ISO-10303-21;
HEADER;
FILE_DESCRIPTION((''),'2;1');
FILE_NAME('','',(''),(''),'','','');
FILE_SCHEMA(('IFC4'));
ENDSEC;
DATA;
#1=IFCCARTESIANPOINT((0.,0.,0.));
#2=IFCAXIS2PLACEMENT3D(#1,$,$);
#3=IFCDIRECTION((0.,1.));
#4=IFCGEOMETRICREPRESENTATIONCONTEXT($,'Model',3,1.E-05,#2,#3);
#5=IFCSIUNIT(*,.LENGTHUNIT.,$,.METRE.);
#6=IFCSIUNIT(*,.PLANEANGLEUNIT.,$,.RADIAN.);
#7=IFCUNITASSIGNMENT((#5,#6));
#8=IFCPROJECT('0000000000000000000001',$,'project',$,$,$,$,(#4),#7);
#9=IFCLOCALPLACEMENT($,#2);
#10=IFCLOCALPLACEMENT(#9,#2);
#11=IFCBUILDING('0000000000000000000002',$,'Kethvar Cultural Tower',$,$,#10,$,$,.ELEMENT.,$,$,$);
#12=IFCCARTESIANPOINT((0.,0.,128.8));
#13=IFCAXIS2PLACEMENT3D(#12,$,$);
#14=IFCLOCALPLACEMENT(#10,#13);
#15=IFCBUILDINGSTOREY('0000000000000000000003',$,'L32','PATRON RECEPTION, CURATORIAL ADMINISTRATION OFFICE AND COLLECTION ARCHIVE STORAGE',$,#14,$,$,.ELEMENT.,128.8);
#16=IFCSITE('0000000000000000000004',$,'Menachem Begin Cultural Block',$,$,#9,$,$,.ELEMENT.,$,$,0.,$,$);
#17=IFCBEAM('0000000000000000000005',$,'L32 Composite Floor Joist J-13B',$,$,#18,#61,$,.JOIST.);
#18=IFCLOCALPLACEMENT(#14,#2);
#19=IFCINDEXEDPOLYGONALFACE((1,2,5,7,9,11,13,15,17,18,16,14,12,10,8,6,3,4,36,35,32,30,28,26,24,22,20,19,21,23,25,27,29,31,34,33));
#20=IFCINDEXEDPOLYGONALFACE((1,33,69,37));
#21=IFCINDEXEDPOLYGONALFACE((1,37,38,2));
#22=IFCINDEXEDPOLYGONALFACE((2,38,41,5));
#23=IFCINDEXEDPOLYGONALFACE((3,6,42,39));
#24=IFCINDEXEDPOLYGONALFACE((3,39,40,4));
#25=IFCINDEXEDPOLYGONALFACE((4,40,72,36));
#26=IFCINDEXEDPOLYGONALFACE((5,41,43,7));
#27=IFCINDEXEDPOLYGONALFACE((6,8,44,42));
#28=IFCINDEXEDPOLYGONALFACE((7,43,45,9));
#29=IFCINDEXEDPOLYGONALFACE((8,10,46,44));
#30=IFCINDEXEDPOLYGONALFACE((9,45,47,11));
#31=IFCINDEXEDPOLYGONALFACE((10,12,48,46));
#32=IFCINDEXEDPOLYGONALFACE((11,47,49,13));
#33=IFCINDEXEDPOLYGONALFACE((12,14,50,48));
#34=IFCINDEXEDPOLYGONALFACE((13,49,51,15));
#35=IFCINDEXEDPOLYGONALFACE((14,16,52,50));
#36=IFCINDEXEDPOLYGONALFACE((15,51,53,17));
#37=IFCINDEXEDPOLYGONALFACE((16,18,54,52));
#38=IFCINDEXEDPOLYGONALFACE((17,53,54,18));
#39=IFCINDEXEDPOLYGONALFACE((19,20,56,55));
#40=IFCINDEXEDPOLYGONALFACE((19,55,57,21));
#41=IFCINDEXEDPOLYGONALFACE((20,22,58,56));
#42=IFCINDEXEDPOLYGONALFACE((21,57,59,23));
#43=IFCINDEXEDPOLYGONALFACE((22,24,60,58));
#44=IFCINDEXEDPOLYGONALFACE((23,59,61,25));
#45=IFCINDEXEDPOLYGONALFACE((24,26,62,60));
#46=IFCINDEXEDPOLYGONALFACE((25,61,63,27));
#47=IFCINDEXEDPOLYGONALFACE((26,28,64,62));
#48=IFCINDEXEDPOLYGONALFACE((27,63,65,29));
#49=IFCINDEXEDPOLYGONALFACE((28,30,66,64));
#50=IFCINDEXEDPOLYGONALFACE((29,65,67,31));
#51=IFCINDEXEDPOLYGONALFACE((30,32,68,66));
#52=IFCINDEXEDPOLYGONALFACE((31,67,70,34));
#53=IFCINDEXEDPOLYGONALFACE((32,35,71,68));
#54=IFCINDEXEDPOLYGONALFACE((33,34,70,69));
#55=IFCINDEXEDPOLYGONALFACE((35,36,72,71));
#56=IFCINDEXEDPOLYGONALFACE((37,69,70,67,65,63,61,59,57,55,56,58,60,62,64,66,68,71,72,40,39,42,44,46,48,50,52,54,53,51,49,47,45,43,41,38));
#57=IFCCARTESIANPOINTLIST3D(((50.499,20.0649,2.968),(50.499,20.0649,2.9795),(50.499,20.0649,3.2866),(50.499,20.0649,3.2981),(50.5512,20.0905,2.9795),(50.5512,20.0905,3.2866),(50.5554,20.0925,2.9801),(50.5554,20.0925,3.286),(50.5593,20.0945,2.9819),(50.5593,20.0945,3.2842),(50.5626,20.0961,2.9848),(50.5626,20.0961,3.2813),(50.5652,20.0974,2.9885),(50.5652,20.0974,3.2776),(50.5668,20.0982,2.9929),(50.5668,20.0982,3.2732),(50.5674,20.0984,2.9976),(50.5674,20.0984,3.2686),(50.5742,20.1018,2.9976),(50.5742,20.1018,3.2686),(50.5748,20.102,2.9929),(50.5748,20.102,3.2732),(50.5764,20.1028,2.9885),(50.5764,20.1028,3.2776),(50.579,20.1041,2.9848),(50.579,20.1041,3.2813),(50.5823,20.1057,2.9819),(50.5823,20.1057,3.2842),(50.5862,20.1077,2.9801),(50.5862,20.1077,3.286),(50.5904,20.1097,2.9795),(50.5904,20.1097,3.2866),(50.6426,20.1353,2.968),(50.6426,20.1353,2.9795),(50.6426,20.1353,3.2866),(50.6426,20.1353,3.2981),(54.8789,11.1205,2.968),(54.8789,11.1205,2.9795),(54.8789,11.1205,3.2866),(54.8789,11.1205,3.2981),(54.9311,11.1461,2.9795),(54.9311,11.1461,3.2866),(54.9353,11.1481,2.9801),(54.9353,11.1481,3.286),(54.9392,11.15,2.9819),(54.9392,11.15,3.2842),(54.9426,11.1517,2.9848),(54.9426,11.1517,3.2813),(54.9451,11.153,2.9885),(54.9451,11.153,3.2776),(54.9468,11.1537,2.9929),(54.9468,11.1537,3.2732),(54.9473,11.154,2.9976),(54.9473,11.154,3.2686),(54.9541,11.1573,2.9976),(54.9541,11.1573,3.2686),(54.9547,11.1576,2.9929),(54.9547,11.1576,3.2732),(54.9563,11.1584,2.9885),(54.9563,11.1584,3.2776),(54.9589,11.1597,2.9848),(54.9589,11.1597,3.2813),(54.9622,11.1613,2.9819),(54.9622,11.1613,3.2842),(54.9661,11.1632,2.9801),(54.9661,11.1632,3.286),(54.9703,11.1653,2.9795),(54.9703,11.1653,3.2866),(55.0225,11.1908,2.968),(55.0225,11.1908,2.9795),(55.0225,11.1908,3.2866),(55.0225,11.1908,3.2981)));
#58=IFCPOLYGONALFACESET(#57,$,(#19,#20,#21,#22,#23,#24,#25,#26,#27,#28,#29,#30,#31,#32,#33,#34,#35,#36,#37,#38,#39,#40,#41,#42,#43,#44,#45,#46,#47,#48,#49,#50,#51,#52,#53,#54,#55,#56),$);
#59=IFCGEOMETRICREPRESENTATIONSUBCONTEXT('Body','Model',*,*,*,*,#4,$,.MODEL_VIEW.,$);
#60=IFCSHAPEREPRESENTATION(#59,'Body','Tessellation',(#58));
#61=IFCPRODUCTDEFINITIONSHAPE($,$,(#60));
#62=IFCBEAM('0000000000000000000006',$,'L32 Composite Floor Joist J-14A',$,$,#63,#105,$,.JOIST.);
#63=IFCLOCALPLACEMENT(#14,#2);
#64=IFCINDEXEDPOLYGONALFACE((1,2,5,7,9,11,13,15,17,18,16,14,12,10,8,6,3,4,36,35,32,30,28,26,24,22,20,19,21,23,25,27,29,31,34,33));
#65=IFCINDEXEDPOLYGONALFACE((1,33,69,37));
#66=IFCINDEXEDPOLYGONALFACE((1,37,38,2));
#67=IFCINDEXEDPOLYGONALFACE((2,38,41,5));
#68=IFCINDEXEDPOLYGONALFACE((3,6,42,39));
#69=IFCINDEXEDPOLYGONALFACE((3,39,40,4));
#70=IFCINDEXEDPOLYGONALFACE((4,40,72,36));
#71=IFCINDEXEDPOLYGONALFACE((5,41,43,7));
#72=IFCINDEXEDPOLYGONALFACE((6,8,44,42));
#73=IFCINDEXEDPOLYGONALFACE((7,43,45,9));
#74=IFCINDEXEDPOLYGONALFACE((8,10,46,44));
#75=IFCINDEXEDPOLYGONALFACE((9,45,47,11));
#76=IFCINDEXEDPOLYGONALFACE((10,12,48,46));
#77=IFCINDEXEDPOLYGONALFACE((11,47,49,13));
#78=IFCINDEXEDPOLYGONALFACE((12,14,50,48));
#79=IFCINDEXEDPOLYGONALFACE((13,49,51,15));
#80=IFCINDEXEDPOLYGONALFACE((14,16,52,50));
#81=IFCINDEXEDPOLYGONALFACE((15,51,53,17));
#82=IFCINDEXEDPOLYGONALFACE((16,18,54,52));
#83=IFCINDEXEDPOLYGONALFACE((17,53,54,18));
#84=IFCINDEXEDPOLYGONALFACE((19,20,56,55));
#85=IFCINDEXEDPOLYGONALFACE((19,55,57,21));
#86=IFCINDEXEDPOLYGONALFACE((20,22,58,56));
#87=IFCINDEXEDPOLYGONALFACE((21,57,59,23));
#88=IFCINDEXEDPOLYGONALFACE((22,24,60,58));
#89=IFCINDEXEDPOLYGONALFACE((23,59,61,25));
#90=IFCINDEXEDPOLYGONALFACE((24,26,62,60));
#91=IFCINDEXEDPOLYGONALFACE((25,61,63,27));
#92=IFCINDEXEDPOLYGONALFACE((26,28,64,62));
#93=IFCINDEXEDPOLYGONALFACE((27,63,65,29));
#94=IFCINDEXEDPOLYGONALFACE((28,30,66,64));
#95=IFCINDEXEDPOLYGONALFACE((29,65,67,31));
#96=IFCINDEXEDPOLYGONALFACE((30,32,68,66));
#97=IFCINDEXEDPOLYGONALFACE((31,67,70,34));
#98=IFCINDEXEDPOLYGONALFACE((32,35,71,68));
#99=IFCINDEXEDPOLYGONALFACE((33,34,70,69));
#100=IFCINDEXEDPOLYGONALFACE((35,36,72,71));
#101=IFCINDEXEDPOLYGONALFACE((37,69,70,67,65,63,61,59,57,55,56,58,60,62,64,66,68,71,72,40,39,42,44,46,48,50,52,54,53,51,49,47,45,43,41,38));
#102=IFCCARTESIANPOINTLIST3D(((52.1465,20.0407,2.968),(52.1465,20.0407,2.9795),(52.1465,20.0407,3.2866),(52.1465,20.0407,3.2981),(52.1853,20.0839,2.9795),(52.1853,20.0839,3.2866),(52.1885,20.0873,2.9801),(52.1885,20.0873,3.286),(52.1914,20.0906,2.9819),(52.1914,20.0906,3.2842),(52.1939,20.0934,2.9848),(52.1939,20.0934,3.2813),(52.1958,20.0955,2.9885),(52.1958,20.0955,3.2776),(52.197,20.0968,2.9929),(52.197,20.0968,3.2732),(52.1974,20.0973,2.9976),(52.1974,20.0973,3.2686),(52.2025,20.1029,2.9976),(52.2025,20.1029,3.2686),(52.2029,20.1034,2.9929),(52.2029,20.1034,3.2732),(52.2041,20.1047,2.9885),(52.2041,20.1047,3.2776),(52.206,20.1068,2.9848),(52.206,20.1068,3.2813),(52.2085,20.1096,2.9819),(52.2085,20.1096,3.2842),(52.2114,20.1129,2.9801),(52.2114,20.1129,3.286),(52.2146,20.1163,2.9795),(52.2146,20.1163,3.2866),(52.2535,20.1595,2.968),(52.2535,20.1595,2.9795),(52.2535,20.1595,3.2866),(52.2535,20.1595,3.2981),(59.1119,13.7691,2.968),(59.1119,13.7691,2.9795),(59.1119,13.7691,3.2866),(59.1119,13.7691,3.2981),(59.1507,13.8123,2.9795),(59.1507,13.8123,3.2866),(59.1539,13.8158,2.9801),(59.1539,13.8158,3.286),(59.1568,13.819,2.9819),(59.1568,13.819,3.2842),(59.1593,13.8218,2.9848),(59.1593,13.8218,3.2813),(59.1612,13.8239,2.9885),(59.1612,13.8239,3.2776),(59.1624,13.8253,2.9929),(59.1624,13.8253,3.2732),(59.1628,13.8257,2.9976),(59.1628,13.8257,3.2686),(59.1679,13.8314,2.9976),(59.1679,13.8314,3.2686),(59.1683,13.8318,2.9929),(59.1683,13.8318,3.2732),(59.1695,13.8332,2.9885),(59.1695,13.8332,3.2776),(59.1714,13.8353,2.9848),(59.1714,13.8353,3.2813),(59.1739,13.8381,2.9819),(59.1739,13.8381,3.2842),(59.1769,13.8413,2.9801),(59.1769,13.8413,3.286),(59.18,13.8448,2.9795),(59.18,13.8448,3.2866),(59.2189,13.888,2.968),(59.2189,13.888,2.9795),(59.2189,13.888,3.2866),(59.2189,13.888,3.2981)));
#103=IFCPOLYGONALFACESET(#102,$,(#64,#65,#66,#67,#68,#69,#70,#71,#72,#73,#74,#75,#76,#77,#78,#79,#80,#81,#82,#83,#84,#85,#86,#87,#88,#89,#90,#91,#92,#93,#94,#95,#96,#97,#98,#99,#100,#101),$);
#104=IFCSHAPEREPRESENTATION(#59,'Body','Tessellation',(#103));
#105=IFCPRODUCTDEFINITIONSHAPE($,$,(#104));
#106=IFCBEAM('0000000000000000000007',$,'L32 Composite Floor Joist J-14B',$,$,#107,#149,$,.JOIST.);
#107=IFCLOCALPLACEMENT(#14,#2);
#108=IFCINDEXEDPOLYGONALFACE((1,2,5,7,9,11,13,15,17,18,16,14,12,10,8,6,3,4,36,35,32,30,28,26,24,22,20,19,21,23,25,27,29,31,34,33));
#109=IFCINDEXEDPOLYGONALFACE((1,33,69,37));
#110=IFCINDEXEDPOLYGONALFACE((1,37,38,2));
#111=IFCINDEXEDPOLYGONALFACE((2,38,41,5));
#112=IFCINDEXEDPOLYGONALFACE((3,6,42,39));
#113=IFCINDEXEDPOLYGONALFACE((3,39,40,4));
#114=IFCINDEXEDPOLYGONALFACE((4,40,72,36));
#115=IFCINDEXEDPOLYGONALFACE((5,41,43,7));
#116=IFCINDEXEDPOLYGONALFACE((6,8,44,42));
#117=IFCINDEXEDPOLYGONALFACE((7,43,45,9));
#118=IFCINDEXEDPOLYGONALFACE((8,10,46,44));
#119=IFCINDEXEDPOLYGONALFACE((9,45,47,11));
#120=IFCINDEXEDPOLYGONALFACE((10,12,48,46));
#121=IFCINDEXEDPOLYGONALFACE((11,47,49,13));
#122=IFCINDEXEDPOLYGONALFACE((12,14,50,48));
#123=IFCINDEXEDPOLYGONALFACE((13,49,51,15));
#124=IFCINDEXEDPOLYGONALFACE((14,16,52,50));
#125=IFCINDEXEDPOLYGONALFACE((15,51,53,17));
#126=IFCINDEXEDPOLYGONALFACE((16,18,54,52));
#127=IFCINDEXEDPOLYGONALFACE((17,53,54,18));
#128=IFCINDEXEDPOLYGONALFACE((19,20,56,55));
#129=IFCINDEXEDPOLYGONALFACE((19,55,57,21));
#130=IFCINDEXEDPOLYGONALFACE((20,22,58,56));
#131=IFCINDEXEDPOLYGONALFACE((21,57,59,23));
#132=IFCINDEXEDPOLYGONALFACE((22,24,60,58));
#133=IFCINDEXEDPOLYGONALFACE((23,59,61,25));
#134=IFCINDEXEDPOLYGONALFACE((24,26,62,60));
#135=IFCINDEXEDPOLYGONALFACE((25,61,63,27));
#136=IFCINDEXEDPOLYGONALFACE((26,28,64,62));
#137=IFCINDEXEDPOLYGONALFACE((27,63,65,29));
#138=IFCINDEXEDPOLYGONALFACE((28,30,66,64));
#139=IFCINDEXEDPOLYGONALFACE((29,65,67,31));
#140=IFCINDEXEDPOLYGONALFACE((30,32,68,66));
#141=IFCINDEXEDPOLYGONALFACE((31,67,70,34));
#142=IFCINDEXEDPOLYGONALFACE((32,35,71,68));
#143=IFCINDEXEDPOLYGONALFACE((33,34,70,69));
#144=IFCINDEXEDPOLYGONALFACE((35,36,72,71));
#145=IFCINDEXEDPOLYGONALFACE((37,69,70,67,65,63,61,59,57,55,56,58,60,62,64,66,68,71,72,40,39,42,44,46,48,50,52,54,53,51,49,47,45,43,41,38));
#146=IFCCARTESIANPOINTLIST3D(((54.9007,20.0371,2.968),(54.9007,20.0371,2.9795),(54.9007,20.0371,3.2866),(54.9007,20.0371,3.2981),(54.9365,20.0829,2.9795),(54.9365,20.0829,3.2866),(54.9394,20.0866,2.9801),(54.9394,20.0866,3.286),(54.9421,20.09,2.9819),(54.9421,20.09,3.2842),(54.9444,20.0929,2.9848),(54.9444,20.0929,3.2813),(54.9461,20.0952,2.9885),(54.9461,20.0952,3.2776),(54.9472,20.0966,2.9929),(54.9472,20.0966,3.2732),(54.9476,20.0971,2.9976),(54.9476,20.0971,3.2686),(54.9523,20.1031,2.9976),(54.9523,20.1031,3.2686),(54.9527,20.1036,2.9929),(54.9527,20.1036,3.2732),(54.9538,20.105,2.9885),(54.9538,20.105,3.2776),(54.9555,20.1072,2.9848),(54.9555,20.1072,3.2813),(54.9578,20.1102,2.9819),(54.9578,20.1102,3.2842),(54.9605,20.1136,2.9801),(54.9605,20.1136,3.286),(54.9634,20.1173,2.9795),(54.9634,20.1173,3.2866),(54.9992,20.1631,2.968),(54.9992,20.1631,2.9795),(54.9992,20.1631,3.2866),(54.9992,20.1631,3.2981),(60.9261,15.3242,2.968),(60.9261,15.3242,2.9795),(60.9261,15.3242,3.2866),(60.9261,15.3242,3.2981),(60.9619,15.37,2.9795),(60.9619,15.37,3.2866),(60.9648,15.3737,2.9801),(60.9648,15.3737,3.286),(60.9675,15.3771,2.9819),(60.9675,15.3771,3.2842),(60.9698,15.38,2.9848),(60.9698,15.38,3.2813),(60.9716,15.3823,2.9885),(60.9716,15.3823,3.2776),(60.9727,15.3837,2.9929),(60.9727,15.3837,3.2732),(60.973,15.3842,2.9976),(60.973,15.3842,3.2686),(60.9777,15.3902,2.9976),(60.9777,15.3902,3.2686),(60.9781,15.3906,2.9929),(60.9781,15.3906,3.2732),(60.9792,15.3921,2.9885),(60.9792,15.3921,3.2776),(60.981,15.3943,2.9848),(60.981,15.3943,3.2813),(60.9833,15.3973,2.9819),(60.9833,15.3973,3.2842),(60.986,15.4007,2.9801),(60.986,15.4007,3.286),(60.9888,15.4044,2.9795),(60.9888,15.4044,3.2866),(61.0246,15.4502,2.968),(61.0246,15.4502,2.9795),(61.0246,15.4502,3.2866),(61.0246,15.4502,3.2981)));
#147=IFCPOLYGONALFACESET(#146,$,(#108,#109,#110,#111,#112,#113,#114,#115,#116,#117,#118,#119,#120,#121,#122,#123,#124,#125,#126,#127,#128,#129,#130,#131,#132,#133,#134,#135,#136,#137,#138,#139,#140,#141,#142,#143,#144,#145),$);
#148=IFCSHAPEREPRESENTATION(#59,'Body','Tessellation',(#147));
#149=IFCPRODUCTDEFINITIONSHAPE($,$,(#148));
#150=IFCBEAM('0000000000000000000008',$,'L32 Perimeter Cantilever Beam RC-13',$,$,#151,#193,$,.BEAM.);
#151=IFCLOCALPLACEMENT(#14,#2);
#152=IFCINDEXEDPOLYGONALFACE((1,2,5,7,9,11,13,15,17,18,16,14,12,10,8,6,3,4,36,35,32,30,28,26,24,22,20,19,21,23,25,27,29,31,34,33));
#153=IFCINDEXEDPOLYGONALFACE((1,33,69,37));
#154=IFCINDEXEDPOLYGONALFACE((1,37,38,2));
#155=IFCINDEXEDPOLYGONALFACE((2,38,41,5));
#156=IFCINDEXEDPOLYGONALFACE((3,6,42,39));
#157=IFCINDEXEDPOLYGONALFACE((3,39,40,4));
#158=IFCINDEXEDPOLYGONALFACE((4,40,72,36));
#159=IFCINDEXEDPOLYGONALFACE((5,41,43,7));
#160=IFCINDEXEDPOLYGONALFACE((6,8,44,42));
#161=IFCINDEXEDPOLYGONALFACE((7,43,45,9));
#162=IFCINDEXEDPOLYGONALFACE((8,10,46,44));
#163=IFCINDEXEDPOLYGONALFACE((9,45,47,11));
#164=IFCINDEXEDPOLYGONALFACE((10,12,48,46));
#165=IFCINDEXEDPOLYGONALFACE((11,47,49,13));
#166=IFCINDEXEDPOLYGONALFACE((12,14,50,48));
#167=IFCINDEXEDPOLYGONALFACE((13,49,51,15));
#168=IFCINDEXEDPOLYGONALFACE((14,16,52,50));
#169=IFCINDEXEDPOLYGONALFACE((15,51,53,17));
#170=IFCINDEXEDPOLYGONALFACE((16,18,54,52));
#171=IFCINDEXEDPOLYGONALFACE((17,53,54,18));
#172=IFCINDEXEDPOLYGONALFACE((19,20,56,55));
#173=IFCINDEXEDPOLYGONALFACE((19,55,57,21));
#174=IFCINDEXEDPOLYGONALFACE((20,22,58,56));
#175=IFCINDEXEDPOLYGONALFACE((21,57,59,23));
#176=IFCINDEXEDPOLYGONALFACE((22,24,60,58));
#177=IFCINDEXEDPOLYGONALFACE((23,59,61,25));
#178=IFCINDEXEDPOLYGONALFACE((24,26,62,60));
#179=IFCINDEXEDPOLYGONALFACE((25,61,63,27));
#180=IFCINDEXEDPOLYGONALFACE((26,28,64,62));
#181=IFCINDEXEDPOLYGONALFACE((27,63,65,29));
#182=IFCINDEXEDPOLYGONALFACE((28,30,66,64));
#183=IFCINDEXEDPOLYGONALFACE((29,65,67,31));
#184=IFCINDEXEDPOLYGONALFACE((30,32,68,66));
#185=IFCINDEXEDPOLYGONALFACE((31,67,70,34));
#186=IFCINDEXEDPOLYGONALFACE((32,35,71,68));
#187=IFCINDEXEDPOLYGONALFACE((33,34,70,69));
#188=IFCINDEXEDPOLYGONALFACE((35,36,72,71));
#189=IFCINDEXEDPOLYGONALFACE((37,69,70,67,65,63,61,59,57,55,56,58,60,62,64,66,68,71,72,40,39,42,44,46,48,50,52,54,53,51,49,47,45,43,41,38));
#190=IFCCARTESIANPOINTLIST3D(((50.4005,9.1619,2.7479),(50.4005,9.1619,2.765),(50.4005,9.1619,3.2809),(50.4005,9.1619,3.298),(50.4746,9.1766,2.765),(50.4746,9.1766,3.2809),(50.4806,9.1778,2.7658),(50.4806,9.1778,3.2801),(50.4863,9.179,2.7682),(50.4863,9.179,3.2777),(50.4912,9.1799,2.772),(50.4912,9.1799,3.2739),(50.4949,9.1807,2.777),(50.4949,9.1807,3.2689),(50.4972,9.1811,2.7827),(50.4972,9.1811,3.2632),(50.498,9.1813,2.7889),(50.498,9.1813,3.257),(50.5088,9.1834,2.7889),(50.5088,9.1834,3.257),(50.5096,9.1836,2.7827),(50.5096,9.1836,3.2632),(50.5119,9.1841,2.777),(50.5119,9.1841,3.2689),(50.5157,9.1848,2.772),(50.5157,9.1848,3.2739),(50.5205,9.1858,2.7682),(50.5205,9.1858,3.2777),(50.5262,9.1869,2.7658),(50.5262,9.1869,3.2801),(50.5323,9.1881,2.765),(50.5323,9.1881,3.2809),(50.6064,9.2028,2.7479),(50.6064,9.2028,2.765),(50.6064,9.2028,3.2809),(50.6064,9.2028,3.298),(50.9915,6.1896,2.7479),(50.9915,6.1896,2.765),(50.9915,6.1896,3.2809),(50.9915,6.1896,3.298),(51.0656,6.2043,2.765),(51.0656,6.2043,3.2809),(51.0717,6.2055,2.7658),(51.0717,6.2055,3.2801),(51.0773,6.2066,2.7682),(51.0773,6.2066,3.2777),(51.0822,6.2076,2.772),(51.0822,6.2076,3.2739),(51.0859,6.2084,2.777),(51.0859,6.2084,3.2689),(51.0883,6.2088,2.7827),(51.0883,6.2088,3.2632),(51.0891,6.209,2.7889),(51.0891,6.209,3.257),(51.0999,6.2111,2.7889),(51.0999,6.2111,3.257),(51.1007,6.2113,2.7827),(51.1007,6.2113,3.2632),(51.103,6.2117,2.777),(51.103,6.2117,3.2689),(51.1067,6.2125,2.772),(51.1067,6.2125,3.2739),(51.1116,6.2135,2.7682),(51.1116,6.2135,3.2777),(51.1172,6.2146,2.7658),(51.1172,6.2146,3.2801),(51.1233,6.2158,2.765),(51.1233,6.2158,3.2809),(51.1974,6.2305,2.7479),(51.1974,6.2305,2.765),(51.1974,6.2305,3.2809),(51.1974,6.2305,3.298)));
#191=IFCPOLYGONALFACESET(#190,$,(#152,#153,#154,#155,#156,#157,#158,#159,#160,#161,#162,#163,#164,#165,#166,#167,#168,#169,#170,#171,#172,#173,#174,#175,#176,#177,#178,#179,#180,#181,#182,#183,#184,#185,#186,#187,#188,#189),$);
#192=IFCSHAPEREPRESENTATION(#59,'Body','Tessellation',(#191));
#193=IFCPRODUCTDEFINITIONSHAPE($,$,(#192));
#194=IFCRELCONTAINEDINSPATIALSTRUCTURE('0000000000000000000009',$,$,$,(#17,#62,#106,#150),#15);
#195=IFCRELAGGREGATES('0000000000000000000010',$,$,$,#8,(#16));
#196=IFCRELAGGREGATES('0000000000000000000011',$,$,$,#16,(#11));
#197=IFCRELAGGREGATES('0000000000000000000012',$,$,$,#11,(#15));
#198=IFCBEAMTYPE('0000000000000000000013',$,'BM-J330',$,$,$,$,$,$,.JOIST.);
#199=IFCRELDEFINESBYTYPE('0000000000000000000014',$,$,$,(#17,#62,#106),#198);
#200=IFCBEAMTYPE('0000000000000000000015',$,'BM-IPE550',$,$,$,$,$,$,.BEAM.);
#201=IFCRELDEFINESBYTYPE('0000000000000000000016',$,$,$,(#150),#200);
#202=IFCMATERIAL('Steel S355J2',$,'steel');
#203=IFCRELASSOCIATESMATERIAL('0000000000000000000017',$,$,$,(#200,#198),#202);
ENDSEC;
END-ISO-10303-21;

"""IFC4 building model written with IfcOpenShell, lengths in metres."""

from ifc_helpers import new_model, si_unit, direction, frame, origin, origin_2d, place, context, subcontext, project, spatial, i_section, extrude, source, transform, mapped, material, material_profile, profile_set, type_object, element, save


model = new_model("IFC4")

# Units and contexts
model_context = context("Model", 3, precision=1e-05, world=origin(), true_north=direction((0.0, 1.0)))
body_context = subcontext(model_context, "Body", "Model", "MODEL_VIEW")
ifc_project = project(units=[si_unit("LENGTHUNIT", "METRE"), si_unit("PLANEANGLEUNIT", "RADIAN")], contexts=[model_context])

# Site, building, storey
site_placement = place(None, origin())
site = spatial("IfcSite", under=ifc_project, at=site_placement, Name="Menachem Begin Cultural Block", CompositionType="ELEMENT", RefElevation=0.0)
building_placement = place(site_placement, origin())
building = spatial("IfcBuilding", under=site, at=building_placement, Name="Kethvar Cultural Tower", CompositionType="ELEMENT")
storey_placement = place(building_placement, frame((0.0, 0.0, 128.8)))
storey = spatial("IfcBuildingStorey", under=building, at=storey_placement, Name="L32", Description="PATRON RECEPTION, CURATORIAL ADMINISTRATION OFFICE AND COLLECTION ARCHIVE STORAGE", CompositionType="ELEMENT", Elevation=128.8)

# Beams
ifc_material_1 = material(Name="Steel S355J2", Category="steel")
ifc_material_profile_1 = material_profile(ifc_material_1, i_section(OverallWidth=0.21, OverallDepth=0.55, WebThickness=0.011, FlangeThickness=0.0171, FilletRadius=0.0239, at=origin_2d()), Name="Steel S355J2 — IPE550")
ifc_profile_set_1 = profile_set([ifc_material_profile_1], Name="Steel S355J2 — IPE550")
beam_type_1 = type_object("IfcBeamType", Name="BM-IPE550", PredefinedType="BEAM", material=ifc_profile_set_1)
ifc_material_profile_2 = material_profile(ifc_material_1, i_section(OverallWidth=0.1599, OverallDepth=0.3301, WebThickness=0.0076, FlangeThickness=0.0115, FilletRadius=0.0181, at=origin_2d()), Name="Steel S355J2 — IPE330")
ifc_profile_set_2 = profile_set([ifc_material_profile_2], Name="Steel S355J2 — IPE330")
beam_type_2 = type_object("IfcBeamType", Name="BM-J330", PredefinedType="JOIST", material=ifc_profile_set_2)
shared_shape_1 = source(origin(), body_context, "Body", "SweptSolid", [
    extrude(i_section(OverallWidth=0.1599, OverallDepth=0.3301, WebThickness=0.0076, FlangeThickness=0.0115, FilletRadius=0.0181, at=origin_2d()), origin(), (0.0, 0.0, 1.0), 9.9592),
])
beam_1_placement = place(storey_placement, frame((50.5708, 20.1001, 3.1331), z_axis=(0.439785, -0.898103, 0.0), x_axis=(0.898103, 0.439785, 0.0)))
element("IfcBeam", 1, at=beam_1_placement, inside=storey, type_object=beam_type_2, Name="L32 Composite Floor Joist J-13B", PredefinedType="JOIST", context=body_context, shape_type="MappedRepresentation", body=[
    mapped(shared_shape_1, transform((0.0, 0.0, 0.0), scale=1.0)),
])
shared_shape_2 = source(origin(), body_context, "Body", "SweptSolid", [
    extrude(i_section(OverallWidth=0.1599, OverallDepth=0.3301, WebThickness=0.0076, FlangeThickness=0.0115, FilletRadius=0.0181, at=origin_2d()), origin(), (0.0, 0.0, 1.0), 9.3728),
])
beam_2_placement = place(storey_placement, frame((52.2, 20.1001, 3.1331), z_axis=(0.743152, -0.669123, 0.0), x_axis=(0.669123, 0.743152, 0.0)))
element("IfcBeam", 2, at=beam_2_placement, inside=storey, type_object=beam_type_2, Name="L32 Composite Floor Joist J-14A", PredefinedType="JOIST", context=body_context, shape_type="MappedRepresentation", body=[
    mapped(shared_shape_2, transform((0.0, 0.0, 0.0), scale=1.0)),
])
shared_shape_3 = source(origin(), body_context, "Body", "SweptSolid", [
    extrude(i_section(OverallWidth=0.1599, OverallDepth=0.3301, WebThickness=0.0076, FlangeThickness=0.0115, FilletRadius=0.0181, at=origin_2d()), origin(), (0.0, 0.0, 1.0), 7.6497),
])
beam_3_placement = place(storey_placement, frame((54.95, 20.1001, 3.1331), z_axis=(0.787672, -0.616095, 0.0), x_axis=(0.616095, 0.787672, 0.0)))
element("IfcBeam", 3, at=beam_3_placement, inside=storey, type_object=beam_type_2, Name="L32 Composite Floor Joist J-14B", PredefinedType="JOIST", context=body_context, shape_type="MappedRepresentation", body=[
    mapped(shared_shape_3, transform((0.0, 0.0, 0.0), scale=1.0)),
])
shared_shape_4 = source(origin(), body_context, "Body", "SweptSolid", [
    extrude(i_section(OverallWidth=0.21, OverallDepth=0.55, WebThickness=0.011, FlangeThickness=0.0171, FilletRadius=0.0239, at=origin_2d()), origin(), (0.0, 0.0, 1.0), 3.0305),
])
beam_4_placement = place(storey_placement, frame((50.5034, 9.1824, 3.0229), z_axis=(0.195032, -0.980797, 0.0), x_axis=(0.980797, 0.195032, 0.0)))
element("IfcBeam", 4, at=beam_4_placement, inside=storey, type_object=beam_type_1, Name="L32 Perimeter Cantilever Beam RC-13", PredefinedType="BEAM", context=body_context, shape_type="MappedRepresentation", body=[
    mapped(shared_shape_4, transform((0.0, 0.0, 0.0), scale=1.0)),
])

save(model, "model.ifc")
